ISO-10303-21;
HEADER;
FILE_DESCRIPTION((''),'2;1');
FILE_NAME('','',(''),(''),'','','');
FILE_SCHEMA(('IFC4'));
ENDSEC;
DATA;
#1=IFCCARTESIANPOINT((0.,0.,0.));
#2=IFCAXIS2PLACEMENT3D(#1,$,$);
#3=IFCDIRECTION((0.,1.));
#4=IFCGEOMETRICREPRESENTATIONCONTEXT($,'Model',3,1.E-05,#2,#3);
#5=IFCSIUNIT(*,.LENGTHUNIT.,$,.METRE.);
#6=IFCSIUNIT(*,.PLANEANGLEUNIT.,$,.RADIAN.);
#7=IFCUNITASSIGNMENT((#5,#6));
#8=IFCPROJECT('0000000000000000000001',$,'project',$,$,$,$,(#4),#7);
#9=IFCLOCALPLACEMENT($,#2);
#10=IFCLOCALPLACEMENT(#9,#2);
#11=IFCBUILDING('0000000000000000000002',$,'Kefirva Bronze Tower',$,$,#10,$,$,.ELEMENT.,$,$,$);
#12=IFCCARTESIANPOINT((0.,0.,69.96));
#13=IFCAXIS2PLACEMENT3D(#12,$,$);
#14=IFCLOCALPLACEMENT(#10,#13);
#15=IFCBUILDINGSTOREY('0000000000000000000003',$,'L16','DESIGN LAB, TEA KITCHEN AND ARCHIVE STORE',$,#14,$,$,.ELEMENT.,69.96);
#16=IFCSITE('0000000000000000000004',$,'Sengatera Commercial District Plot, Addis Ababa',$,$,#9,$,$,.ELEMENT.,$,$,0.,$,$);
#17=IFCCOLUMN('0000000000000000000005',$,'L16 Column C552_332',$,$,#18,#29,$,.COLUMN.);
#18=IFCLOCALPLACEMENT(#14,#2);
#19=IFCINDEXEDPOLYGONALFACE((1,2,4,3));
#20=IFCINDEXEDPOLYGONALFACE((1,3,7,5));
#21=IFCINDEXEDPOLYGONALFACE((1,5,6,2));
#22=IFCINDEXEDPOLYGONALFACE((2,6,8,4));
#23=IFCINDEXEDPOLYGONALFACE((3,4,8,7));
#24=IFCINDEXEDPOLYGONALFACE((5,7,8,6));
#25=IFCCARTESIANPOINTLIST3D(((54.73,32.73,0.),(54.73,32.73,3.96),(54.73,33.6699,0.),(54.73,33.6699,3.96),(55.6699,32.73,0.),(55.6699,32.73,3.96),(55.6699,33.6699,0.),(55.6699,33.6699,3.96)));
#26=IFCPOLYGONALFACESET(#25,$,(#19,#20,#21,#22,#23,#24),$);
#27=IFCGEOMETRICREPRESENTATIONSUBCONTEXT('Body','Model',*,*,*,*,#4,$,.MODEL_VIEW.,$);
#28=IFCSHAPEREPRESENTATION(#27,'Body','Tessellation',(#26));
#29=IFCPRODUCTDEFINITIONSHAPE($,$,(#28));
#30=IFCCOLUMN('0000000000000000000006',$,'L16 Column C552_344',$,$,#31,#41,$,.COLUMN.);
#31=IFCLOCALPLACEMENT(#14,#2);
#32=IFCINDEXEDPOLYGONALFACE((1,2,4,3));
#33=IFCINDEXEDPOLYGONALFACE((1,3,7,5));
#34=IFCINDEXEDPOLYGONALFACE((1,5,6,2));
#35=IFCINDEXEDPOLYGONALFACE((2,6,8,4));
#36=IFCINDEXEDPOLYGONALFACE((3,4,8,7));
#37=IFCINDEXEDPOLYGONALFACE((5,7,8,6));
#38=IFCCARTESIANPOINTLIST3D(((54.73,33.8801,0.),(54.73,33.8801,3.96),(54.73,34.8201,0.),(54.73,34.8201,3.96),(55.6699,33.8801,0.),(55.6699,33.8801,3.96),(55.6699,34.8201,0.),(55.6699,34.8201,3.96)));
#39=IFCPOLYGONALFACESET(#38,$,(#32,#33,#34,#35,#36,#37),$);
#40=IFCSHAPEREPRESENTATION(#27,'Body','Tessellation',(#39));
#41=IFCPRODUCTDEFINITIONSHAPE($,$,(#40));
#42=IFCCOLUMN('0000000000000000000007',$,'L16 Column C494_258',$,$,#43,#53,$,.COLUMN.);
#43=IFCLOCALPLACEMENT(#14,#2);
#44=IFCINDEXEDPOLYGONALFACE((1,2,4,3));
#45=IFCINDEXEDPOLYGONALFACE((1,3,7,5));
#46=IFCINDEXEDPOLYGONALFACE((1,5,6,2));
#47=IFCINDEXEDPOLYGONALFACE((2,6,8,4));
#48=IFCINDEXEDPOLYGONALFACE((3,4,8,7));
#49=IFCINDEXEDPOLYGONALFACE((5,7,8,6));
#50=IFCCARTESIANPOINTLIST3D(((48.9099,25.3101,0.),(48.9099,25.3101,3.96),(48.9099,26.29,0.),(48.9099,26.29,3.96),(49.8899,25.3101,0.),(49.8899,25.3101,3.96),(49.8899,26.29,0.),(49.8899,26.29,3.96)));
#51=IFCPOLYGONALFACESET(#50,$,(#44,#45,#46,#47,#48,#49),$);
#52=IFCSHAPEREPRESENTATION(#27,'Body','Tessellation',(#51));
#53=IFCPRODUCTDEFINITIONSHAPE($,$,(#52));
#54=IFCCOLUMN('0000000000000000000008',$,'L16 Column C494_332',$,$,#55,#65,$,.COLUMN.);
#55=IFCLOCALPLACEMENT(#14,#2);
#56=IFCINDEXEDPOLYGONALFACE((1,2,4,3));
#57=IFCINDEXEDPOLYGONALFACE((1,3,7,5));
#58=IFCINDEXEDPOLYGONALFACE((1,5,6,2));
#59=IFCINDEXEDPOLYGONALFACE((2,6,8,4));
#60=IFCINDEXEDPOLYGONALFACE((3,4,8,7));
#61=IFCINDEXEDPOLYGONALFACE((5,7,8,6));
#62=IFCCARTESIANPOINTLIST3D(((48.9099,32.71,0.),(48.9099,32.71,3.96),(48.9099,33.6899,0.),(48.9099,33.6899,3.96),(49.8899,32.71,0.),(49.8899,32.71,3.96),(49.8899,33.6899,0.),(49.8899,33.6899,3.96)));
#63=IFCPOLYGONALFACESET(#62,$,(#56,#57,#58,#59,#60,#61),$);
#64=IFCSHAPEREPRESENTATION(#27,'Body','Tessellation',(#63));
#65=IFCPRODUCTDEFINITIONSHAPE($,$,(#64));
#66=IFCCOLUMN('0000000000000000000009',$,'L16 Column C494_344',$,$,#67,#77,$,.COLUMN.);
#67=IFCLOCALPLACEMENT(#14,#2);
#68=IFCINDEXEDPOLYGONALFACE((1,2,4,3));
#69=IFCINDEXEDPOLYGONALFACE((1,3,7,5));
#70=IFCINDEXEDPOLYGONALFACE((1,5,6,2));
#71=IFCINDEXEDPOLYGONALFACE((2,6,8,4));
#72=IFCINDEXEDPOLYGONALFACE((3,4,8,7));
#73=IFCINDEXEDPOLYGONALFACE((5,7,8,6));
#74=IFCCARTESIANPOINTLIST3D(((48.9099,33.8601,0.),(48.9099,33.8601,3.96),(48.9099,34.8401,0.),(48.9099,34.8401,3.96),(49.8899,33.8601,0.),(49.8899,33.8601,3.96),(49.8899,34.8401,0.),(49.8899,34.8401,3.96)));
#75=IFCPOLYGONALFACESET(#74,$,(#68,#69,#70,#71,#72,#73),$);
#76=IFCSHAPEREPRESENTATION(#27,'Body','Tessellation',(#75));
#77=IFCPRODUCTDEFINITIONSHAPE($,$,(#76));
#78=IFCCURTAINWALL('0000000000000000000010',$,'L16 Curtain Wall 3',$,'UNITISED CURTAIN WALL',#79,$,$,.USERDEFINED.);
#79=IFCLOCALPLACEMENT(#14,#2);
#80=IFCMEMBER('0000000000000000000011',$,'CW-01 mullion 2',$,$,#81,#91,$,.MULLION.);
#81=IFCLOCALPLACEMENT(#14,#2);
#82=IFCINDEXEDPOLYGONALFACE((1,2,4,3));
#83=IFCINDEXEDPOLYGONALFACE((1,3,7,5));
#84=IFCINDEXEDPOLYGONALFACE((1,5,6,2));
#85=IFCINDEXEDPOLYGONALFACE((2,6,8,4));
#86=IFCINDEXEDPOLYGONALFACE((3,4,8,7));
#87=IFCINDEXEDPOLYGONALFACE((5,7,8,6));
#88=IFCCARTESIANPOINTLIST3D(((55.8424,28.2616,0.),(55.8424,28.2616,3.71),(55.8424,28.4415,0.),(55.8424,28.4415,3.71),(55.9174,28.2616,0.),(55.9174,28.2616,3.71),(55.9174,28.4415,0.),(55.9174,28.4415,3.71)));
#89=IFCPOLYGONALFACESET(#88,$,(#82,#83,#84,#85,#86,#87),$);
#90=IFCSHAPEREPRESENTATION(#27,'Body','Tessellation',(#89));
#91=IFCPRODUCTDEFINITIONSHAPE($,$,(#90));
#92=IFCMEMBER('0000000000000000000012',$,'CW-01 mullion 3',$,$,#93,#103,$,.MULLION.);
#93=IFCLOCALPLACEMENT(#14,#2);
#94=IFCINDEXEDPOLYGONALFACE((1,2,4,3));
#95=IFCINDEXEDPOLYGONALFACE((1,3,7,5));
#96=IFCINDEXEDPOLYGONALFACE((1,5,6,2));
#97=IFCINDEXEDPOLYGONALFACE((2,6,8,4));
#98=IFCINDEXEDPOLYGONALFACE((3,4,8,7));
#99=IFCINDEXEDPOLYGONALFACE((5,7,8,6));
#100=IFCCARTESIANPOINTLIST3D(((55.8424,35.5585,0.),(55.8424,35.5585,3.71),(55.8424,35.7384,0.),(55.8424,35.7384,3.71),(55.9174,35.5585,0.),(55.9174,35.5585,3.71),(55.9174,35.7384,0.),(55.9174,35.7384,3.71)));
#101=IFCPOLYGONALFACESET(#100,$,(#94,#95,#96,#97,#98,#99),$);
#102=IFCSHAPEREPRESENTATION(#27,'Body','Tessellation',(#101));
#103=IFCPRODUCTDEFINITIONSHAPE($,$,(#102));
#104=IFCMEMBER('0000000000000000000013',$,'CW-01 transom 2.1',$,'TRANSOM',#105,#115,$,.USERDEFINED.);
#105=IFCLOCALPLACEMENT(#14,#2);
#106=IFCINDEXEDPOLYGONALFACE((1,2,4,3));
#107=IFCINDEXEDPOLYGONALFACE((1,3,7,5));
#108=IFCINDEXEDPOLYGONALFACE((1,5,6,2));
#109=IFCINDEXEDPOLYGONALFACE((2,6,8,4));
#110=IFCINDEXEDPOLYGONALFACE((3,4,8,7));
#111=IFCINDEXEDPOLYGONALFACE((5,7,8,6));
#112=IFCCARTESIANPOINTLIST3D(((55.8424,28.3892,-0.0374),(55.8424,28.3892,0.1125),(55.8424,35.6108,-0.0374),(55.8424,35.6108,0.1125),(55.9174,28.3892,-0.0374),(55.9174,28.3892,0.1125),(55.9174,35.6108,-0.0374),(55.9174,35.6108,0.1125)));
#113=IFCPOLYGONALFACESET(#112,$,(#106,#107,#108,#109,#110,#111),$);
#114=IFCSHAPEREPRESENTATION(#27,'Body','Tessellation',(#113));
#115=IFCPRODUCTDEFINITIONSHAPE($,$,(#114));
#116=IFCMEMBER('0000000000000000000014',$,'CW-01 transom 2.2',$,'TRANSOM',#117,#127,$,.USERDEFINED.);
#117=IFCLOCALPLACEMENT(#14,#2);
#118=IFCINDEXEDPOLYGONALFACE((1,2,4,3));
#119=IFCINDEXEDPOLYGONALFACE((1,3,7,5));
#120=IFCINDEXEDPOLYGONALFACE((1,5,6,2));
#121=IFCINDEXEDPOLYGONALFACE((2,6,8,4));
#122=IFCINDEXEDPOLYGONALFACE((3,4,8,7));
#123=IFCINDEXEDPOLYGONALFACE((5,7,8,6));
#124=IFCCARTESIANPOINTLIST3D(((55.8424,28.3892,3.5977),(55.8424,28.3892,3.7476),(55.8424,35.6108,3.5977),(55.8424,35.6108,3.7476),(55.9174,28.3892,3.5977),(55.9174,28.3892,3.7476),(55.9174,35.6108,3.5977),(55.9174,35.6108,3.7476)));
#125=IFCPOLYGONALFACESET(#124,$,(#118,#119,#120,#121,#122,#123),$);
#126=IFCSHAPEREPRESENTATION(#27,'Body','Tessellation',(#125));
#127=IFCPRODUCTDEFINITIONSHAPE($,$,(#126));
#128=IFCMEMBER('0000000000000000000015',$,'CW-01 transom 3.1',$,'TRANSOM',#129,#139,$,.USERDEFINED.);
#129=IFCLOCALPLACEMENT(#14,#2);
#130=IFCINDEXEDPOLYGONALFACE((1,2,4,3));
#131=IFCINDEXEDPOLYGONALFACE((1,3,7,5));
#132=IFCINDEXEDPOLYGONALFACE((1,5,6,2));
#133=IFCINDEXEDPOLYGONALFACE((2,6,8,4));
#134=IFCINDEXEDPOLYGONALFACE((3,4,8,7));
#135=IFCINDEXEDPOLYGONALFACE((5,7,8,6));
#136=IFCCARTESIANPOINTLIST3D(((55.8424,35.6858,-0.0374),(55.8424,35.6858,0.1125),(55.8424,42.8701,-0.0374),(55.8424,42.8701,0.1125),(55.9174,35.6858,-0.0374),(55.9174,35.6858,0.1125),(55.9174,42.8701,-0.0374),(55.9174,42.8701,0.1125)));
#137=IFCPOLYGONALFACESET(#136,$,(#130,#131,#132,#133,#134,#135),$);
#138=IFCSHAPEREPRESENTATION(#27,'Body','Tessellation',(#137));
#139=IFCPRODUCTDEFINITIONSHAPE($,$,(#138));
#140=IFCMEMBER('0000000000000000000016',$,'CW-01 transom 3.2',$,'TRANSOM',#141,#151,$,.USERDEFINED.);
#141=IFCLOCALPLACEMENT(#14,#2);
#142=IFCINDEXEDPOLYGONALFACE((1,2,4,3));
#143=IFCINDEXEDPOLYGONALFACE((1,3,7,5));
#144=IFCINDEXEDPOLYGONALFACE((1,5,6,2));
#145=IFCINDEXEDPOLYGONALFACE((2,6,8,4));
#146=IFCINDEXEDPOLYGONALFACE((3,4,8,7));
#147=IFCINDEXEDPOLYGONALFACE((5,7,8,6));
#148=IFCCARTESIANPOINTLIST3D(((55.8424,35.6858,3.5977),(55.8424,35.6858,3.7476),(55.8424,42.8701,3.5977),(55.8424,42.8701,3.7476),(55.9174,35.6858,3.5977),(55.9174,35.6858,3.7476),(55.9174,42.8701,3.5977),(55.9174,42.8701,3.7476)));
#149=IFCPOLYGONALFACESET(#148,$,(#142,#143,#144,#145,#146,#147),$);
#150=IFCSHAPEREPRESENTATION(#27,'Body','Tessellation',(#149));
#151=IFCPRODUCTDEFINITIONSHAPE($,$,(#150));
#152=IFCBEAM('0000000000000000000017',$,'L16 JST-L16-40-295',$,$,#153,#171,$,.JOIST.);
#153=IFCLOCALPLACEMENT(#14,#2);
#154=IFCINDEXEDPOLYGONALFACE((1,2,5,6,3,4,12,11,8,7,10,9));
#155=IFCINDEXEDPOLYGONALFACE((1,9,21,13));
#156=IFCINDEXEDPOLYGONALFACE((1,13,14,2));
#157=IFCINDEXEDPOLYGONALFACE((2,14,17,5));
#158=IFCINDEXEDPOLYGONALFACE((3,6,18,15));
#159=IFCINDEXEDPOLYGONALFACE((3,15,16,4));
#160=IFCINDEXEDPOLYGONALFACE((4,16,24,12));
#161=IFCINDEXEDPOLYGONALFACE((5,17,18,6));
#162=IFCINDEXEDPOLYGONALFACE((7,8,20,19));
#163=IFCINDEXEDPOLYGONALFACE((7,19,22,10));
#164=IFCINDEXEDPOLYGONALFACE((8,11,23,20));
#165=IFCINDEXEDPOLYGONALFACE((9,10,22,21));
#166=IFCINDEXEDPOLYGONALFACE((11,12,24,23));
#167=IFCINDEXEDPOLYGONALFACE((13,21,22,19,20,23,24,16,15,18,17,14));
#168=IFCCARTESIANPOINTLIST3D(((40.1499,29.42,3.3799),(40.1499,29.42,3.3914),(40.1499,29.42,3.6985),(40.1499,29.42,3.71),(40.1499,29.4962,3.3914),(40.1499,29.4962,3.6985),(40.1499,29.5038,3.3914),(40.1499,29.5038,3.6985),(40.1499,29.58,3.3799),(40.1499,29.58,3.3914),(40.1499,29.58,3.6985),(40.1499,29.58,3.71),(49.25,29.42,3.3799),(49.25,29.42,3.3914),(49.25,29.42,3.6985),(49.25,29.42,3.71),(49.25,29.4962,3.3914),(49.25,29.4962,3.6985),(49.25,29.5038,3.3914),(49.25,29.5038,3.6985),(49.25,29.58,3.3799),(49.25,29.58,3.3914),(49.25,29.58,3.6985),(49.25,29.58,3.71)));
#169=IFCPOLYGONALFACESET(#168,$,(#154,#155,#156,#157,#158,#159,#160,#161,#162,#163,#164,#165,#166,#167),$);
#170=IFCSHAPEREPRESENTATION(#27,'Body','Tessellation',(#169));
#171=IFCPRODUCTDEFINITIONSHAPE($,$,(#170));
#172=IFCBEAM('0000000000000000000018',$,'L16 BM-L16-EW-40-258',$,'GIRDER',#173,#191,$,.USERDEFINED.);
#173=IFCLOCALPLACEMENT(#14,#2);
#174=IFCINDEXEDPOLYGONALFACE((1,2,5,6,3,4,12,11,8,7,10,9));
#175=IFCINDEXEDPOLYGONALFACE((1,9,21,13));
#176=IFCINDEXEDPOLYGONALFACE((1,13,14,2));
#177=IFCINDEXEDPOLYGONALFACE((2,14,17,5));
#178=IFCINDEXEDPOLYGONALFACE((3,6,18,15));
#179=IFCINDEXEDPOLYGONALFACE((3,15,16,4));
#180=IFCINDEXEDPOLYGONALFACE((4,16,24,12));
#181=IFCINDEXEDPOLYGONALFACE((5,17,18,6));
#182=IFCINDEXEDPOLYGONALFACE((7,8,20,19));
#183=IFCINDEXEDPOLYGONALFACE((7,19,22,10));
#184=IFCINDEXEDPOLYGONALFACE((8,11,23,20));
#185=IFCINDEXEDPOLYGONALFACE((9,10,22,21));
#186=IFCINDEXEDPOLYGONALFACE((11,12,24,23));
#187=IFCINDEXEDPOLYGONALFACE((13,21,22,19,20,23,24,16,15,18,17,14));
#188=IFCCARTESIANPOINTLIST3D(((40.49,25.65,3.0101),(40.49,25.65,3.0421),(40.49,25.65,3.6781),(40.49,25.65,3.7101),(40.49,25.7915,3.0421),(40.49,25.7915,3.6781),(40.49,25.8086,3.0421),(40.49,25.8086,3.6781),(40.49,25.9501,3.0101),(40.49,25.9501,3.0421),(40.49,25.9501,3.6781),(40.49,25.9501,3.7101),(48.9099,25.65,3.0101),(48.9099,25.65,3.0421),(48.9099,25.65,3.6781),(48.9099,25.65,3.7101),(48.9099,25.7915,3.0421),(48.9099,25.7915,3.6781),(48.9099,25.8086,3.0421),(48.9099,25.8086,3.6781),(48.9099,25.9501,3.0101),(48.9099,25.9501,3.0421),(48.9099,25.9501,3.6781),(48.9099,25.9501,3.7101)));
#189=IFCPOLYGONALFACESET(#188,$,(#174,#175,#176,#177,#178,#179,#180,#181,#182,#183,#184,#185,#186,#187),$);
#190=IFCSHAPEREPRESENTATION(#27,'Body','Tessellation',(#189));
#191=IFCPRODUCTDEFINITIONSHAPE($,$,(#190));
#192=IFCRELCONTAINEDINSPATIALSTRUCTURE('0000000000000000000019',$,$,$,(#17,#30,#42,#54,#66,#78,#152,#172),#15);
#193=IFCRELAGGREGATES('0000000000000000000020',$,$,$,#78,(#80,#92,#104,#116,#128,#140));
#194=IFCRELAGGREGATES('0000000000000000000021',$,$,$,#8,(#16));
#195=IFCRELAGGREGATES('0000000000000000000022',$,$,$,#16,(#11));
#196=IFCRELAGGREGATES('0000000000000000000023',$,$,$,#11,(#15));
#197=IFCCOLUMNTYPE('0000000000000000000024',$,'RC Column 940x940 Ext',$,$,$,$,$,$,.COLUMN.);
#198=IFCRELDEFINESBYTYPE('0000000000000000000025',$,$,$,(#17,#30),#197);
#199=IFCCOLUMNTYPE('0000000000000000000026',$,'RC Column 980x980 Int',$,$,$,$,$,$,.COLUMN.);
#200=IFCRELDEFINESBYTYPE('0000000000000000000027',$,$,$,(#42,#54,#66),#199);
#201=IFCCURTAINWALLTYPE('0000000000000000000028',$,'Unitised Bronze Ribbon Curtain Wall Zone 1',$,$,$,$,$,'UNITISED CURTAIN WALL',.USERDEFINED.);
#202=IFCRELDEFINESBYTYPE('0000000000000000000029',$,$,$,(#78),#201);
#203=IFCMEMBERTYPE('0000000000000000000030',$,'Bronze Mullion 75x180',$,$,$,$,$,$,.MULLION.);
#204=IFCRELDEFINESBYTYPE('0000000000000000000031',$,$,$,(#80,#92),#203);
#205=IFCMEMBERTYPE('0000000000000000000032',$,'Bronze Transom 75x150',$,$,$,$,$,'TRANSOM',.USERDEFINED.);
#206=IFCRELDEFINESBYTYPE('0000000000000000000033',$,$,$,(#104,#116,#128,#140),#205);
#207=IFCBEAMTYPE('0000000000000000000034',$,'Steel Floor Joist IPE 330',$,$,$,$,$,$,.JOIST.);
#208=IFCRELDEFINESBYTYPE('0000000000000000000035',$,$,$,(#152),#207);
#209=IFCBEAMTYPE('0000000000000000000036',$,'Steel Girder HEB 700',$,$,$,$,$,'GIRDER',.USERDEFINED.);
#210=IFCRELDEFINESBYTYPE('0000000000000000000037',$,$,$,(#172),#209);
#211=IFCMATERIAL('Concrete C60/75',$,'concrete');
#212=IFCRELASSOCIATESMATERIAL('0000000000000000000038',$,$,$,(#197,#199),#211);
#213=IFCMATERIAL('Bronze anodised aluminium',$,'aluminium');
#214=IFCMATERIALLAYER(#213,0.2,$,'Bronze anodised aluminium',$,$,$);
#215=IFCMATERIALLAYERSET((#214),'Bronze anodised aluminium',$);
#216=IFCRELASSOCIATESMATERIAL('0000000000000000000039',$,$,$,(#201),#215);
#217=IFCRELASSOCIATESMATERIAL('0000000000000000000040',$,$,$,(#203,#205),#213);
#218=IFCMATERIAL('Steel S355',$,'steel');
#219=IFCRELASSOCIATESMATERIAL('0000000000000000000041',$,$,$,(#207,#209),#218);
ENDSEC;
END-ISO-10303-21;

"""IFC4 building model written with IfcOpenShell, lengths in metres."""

from ifc_helpers import new_model, si_unit, direction, frame, origin, origin_2d, place, context, subcontext, project, spatial, rectangle, i_section, extrude, material, layer, layer_set, material_profile, profile_set, type_object, element, aggregate, save


model = new_model("IFC4")

# Units and contexts
model_context = context("Model", 3, precision=1e-05, world=origin(), true_north=direction((0.0, 1.0)))
body_context = subcontext(model_context, "Body", "Model", "MODEL_VIEW")
ifc_project = project(units=[si_unit("LENGTHUNIT", "METRE"), si_unit("PLANEANGLEUNIT", "RADIAN")], contexts=[model_context])

# Site, building, storey
site_placement = place(None, origin())
site = spatial("IfcSite", under=ifc_project, at=site_placement, Name="Sengatera Commercial District Plot, Addis Ababa", CompositionType="ELEMENT", RefElevation=0.0)
building_placement = place(site_placement, origin())
building = spatial("IfcBuilding", under=site, at=building_placement, Name="Kefirva Bronze Tower", CompositionType="ELEMENT")
storey_placement = place(building_placement, frame((0.0, 0.0, 69.96)))
storey = spatial("IfcBuildingStorey", under=building, at=storey_placement, Name="L16", Description="DESIGN LAB, TEA KITCHEN AND ARCHIVE STORE", CompositionType="ELEMENT", Elevation=69.96)

# Columns
ifc_material_1 = material(Name="Concrete C60/75", Category="concrete")
ifc_material_profile_1 = material_profile(ifc_material_1, rectangle(XDim=0.9399, YDim=0.9399, at=origin_2d()), Name="RC 940x940")
ifc_profile_set_1 = profile_set([ifc_material_profile_1], Name="Concrete C60/75")
column_type_1 = type_object("IfcColumnType", Name="RC Column 940x940 Ext", PredefinedType="COLUMN", material=ifc_profile_set_1)
for number, where, z_axis, x_axis, name in (
    (1, (55.2, 33.2, 0.0), (0.0, 0.0, 1.0), (1.0, 0.0, 0.0), "L16 Column C552_332"),
    (2, (55.2, 34.3501, 0.0), (0.0, 0.0, 1.0), (1.0, 0.0, 0.0), "L16 Column C552_344"),
):
    element("IfcColumn", number, at=place(storey_placement, frame(where, z_axis=z_axis, x_axis=x_axis)), inside=storey, type_object=column_type_1, Name=name, PredefinedType="COLUMN", context=body_context, shape_type="SweptSolid", body=[
        extrude(rectangle(XDim=0.9399, YDim=0.9399, at=origin_2d()), origin(), (0.0, 0.0, 1.0), 3.96),
    ])
ifc_material_profile_2 = material_profile(ifc_material_1, rectangle(XDim=0.98, YDim=0.98, at=origin_2d()), Name="RC 980x980")
ifc_profile_set_2 = profile_set([ifc_material_profile_2], Name="Concrete C60/75")
column_type_2 = type_object("IfcColumnType", Name="RC Column 980x980 Int", PredefinedType="COLUMN", material=ifc_profile_set_2)
for number, where, z_axis, x_axis, name in (
    (3, (49.3999, 25.8, 0.0), (0.0, 0.0, 1.0), (1.0, 0.0, 0.0), "L16 Column C494_258"),
    (4, (49.3999, 33.2, 0.0), (0.0, 0.0, 1.0), (1.0, 0.0, 0.0), "L16 Column C494_332"),
    (5, (49.3999, 34.3501, 0.0), (0.0, 0.0, 1.0), (1.0, 0.0, 0.0), "L16 Column C494_344"),
):
    element("IfcColumn", number, at=place(storey_placement, frame(where, z_axis=z_axis, x_axis=x_axis)), inside=storey, type_object=column_type_2, Name=name, PredefinedType="COLUMN", context=body_context, shape_type="SweptSolid", body=[
        extrude(rectangle(XDim=0.98, YDim=0.98, at=origin_2d()), origin(), (0.0, 0.0, 1.0), 3.96),
    ])

# Curtain wall, members
ifc_material_2 = material(Name="Bronze anodised aluminium", Category="aluminium")
ifc_layer_1 = layer(ifc_material_2, 0.2, Name="Bronze anodised aluminium")
ifc_layer_set_1 = layer_set([ifc_layer_1], Name="Bronze anodised aluminium")
curtain_wall_type = type_object("IfcCurtainWallType", Name="Unitised Bronze Ribbon Curtain Wall Zone 1", ElementType="UNITISED CURTAIN WALL", PredefinedType="USERDEFINED", material=ifc_layer_set_1)
curtain_wall_placement = place(storey_placement, origin())
curtain_wall = element("IfcCurtainWall", 6, at=curtain_wall_placement, inside=storey, type_object=curtain_wall_type, Name="L16 Curtain Wall 3", ObjectType="UNITISED CURTAIN WALL", PredefinedType="USERDEFINED")
ifc_material_profile_3 = material_profile(ifc_material_2, rectangle(XDim=0.075, YDim=0.1799, at=origin_2d()), Name="ALU 75x180")
ifc_profile_set_3 = profile_set([ifc_material_profile_3], Name="Bronze anodised aluminium")
member_type_1 = type_object("IfcMemberType", Name="Bronze Mullion 75x180", PredefinedType="MULLION", material=ifc_profile_set_3)
member_1_placement = place(storey_placement, frame((55.8799, 28.3516, 0.0), z_axis=(0.0, 0.0, 1.0), x_axis=(-1.0, 0.0, 0.0)))
member_1 = element("IfcMember", 7, at=member_1_placement, type_object=member_type_1, Name="CW-01 mullion 2", PredefinedType="MULLION", context=body_context, shape_type="SweptSolid", body=[
    extrude(rectangle(XDim=0.075, YDim=0.1799, at=origin_2d()), origin(), (0.0, 0.0, 1.0), 3.71),
])
member_2_placement = place(storey_placement, frame((55.8799, 35.6484, 0.0), z_axis=(0.0, 0.0, 1.0), x_axis=(-1.0, 0.0, 0.0)))
member_2 = element("IfcMember", 8, at=member_2_placement, type_object=member_type_1, Name="CW-01 mullion 3", PredefinedType="MULLION", context=body_context, shape_type="SweptSolid", body=[
    extrude(rectangle(XDim=0.075, YDim=0.1799, at=origin_2d()), origin(), (0.0, 0.0, 1.0), 3.71),
])
ifc_material_profile_4 = material_profile(ifc_material_2, rectangle(XDim=0.075, YDim=0.1499, at=origin_2d()), Name="ALU 75x150")
ifc_profile_set_4 = profile_set([ifc_material_profile_4], Name="Bronze anodised aluminium")
member_type_2 = type_object("IfcMemberType", Name="Bronze Transom 75x150", ElementType="TRANSOM", PredefinedType="USERDEFINED", material=ifc_profile_set_4)
member_3_placement = place(storey_placement, frame((55.8799, 28.3892, 0.0376), z_axis=(0.0, 1.0, 0.0), x_axis=(-1.0, 0.0, 0.0)))
member_3 = element("IfcMember", 9, at=member_3_placement, type_object=member_type_2, Name="CW-01 transom 2.1", ObjectType="TRANSOM", PredefinedType="USERDEFINED", context=body_context, shape_type="SweptSolid", body=[
    extrude(rectangle(XDim=0.075, YDim=0.1499, at=origin_2d()), origin(), (0.0, 0.0, 1.0), 7.2217),
])
member_4_placement = place(storey_placement, frame((55.8799, 28.3892, 3.6726), z_axis=(0.0, 1.0, 0.0), x_axis=(-1.0, 0.0, 0.0)))
member_4 = element("IfcMember", 10, at=member_4_placement, type_object=member_type_2, Name="CW-01 transom 2.2", ObjectType="TRANSOM", PredefinedType="USERDEFINED", context=body_context, shape_type="SweptSolid", body=[
    extrude(rectangle(XDim=0.075, YDim=0.1499, at=origin_2d()), origin(), (0.0, 0.0, 1.0), 7.2217),
])
member_5_placement = place(storey_placement, frame((55.8799, 35.6858, 0.0376), z_axis=(0.0, 1.0, 0.0), x_axis=(-1.0, 0.0, 0.0)))
member_5 = element("IfcMember", 11, at=member_5_placement, type_object=member_type_2, Name="CW-01 transom 3.1", ObjectType="TRANSOM", PredefinedType="USERDEFINED", context=body_context, shape_type="SweptSolid", body=[
    extrude(rectangle(XDim=0.075, YDim=0.1499, at=origin_2d()), origin(), (0.0, 0.0, 1.0), 7.1843),
])
member_6_placement = place(storey_placement, frame((55.8799, 35.6858, 3.6726), z_axis=(0.0, 1.0, 0.0), x_axis=(-1.0, 0.0, 0.0)))
member_6 = element("IfcMember", 12, at=member_6_placement, type_object=member_type_2, Name="CW-01 transom 3.2", ObjectType="TRANSOM", PredefinedType="USERDEFINED", context=body_context, shape_type="SweptSolid", body=[
    extrude(rectangle(XDim=0.075, YDim=0.1499, at=origin_2d()), origin(), (0.0, 0.0, 1.0), 7.1843),
])

# Beams
ifc_material_3 = material(Name="Steel S355", Category="steel")
ifc_material_profile_5 = material_profile(ifc_material_3, i_section(OverallWidth=0.1599, OverallDepth=0.3301, WebThickness=0.0076, FlangeThickness=0.0115, at=origin_2d()), Name="IPE 330")
ifc_profile_set_5 = profile_set([ifc_material_profile_5], Name="Steel S355")
beam_type_1 = type_object("IfcBeamType", Name="Steel Floor Joist IPE 330", PredefinedType="JOIST", material=ifc_profile_set_5)
beam_1_placement = place(storey_placement, frame((40.1499, 29.5, 3.5449), z_axis=(1.0, 0.0, 0.0), x_axis=(0.0, 1.0, 0.0)))
element("IfcBeam", 13, at=beam_1_placement, inside=storey, type_object=beam_type_1, Name="L16 JST-L16-40-295", PredefinedType="JOIST", context=body_context, shape_type="SweptSolid", body=[
    extrude(i_section(OverallWidth=0.1599, OverallDepth=0.3301, WebThickness=0.0076, FlangeThickness=0.0115, at=origin_2d()), origin(), (0.0, 0.0, 1.0), 9.1001),
])
ifc_material_profile_6 = material_profile(ifc_material_3, i_section(OverallWidth=0.3, OverallDepth=0.7, WebThickness=0.0171, FlangeThickness=0.032, at=origin_2d()), Name="HEB 700")
ifc_profile_set_6 = profile_set([ifc_material_profile_6], Name="Steel S355")
beam_type_2 = type_object("IfcBeamType", Name="Steel Girder HEB 700", ElementType="GIRDER", PredefinedType="USERDEFINED", material=ifc_profile_set_6)
for number, where, z_axis, x_axis, name in (
    (14, (40.49, 25.8, 3.3601), (1.0, 0.0, 0.0), (0.0, 1.0, 0.0), "L16 BM-L16-EW-40-258"),
):
    element("IfcBeam", number, at=place(storey_placement, frame(where, z_axis=z_axis, x_axis=x_axis)), inside=storey, type_object=beam_type_2, Name=name, ObjectType="GIRDER", PredefinedType="USERDEFINED", context=body_context, shape_type="SweptSolid", body=[
        extrude(i_section(OverallWidth=0.3, OverallDepth=0.7, WebThickness=0.0171, FlangeThickness=0.032, at=origin_2d()), origin(), (0.0, 0.0, 1.0), 8.4199),
    ])

aggregate(curtain_wall, [member_1, member_2, member_3, member_4, member_5, member_6])

save(model, "model.ifc")
